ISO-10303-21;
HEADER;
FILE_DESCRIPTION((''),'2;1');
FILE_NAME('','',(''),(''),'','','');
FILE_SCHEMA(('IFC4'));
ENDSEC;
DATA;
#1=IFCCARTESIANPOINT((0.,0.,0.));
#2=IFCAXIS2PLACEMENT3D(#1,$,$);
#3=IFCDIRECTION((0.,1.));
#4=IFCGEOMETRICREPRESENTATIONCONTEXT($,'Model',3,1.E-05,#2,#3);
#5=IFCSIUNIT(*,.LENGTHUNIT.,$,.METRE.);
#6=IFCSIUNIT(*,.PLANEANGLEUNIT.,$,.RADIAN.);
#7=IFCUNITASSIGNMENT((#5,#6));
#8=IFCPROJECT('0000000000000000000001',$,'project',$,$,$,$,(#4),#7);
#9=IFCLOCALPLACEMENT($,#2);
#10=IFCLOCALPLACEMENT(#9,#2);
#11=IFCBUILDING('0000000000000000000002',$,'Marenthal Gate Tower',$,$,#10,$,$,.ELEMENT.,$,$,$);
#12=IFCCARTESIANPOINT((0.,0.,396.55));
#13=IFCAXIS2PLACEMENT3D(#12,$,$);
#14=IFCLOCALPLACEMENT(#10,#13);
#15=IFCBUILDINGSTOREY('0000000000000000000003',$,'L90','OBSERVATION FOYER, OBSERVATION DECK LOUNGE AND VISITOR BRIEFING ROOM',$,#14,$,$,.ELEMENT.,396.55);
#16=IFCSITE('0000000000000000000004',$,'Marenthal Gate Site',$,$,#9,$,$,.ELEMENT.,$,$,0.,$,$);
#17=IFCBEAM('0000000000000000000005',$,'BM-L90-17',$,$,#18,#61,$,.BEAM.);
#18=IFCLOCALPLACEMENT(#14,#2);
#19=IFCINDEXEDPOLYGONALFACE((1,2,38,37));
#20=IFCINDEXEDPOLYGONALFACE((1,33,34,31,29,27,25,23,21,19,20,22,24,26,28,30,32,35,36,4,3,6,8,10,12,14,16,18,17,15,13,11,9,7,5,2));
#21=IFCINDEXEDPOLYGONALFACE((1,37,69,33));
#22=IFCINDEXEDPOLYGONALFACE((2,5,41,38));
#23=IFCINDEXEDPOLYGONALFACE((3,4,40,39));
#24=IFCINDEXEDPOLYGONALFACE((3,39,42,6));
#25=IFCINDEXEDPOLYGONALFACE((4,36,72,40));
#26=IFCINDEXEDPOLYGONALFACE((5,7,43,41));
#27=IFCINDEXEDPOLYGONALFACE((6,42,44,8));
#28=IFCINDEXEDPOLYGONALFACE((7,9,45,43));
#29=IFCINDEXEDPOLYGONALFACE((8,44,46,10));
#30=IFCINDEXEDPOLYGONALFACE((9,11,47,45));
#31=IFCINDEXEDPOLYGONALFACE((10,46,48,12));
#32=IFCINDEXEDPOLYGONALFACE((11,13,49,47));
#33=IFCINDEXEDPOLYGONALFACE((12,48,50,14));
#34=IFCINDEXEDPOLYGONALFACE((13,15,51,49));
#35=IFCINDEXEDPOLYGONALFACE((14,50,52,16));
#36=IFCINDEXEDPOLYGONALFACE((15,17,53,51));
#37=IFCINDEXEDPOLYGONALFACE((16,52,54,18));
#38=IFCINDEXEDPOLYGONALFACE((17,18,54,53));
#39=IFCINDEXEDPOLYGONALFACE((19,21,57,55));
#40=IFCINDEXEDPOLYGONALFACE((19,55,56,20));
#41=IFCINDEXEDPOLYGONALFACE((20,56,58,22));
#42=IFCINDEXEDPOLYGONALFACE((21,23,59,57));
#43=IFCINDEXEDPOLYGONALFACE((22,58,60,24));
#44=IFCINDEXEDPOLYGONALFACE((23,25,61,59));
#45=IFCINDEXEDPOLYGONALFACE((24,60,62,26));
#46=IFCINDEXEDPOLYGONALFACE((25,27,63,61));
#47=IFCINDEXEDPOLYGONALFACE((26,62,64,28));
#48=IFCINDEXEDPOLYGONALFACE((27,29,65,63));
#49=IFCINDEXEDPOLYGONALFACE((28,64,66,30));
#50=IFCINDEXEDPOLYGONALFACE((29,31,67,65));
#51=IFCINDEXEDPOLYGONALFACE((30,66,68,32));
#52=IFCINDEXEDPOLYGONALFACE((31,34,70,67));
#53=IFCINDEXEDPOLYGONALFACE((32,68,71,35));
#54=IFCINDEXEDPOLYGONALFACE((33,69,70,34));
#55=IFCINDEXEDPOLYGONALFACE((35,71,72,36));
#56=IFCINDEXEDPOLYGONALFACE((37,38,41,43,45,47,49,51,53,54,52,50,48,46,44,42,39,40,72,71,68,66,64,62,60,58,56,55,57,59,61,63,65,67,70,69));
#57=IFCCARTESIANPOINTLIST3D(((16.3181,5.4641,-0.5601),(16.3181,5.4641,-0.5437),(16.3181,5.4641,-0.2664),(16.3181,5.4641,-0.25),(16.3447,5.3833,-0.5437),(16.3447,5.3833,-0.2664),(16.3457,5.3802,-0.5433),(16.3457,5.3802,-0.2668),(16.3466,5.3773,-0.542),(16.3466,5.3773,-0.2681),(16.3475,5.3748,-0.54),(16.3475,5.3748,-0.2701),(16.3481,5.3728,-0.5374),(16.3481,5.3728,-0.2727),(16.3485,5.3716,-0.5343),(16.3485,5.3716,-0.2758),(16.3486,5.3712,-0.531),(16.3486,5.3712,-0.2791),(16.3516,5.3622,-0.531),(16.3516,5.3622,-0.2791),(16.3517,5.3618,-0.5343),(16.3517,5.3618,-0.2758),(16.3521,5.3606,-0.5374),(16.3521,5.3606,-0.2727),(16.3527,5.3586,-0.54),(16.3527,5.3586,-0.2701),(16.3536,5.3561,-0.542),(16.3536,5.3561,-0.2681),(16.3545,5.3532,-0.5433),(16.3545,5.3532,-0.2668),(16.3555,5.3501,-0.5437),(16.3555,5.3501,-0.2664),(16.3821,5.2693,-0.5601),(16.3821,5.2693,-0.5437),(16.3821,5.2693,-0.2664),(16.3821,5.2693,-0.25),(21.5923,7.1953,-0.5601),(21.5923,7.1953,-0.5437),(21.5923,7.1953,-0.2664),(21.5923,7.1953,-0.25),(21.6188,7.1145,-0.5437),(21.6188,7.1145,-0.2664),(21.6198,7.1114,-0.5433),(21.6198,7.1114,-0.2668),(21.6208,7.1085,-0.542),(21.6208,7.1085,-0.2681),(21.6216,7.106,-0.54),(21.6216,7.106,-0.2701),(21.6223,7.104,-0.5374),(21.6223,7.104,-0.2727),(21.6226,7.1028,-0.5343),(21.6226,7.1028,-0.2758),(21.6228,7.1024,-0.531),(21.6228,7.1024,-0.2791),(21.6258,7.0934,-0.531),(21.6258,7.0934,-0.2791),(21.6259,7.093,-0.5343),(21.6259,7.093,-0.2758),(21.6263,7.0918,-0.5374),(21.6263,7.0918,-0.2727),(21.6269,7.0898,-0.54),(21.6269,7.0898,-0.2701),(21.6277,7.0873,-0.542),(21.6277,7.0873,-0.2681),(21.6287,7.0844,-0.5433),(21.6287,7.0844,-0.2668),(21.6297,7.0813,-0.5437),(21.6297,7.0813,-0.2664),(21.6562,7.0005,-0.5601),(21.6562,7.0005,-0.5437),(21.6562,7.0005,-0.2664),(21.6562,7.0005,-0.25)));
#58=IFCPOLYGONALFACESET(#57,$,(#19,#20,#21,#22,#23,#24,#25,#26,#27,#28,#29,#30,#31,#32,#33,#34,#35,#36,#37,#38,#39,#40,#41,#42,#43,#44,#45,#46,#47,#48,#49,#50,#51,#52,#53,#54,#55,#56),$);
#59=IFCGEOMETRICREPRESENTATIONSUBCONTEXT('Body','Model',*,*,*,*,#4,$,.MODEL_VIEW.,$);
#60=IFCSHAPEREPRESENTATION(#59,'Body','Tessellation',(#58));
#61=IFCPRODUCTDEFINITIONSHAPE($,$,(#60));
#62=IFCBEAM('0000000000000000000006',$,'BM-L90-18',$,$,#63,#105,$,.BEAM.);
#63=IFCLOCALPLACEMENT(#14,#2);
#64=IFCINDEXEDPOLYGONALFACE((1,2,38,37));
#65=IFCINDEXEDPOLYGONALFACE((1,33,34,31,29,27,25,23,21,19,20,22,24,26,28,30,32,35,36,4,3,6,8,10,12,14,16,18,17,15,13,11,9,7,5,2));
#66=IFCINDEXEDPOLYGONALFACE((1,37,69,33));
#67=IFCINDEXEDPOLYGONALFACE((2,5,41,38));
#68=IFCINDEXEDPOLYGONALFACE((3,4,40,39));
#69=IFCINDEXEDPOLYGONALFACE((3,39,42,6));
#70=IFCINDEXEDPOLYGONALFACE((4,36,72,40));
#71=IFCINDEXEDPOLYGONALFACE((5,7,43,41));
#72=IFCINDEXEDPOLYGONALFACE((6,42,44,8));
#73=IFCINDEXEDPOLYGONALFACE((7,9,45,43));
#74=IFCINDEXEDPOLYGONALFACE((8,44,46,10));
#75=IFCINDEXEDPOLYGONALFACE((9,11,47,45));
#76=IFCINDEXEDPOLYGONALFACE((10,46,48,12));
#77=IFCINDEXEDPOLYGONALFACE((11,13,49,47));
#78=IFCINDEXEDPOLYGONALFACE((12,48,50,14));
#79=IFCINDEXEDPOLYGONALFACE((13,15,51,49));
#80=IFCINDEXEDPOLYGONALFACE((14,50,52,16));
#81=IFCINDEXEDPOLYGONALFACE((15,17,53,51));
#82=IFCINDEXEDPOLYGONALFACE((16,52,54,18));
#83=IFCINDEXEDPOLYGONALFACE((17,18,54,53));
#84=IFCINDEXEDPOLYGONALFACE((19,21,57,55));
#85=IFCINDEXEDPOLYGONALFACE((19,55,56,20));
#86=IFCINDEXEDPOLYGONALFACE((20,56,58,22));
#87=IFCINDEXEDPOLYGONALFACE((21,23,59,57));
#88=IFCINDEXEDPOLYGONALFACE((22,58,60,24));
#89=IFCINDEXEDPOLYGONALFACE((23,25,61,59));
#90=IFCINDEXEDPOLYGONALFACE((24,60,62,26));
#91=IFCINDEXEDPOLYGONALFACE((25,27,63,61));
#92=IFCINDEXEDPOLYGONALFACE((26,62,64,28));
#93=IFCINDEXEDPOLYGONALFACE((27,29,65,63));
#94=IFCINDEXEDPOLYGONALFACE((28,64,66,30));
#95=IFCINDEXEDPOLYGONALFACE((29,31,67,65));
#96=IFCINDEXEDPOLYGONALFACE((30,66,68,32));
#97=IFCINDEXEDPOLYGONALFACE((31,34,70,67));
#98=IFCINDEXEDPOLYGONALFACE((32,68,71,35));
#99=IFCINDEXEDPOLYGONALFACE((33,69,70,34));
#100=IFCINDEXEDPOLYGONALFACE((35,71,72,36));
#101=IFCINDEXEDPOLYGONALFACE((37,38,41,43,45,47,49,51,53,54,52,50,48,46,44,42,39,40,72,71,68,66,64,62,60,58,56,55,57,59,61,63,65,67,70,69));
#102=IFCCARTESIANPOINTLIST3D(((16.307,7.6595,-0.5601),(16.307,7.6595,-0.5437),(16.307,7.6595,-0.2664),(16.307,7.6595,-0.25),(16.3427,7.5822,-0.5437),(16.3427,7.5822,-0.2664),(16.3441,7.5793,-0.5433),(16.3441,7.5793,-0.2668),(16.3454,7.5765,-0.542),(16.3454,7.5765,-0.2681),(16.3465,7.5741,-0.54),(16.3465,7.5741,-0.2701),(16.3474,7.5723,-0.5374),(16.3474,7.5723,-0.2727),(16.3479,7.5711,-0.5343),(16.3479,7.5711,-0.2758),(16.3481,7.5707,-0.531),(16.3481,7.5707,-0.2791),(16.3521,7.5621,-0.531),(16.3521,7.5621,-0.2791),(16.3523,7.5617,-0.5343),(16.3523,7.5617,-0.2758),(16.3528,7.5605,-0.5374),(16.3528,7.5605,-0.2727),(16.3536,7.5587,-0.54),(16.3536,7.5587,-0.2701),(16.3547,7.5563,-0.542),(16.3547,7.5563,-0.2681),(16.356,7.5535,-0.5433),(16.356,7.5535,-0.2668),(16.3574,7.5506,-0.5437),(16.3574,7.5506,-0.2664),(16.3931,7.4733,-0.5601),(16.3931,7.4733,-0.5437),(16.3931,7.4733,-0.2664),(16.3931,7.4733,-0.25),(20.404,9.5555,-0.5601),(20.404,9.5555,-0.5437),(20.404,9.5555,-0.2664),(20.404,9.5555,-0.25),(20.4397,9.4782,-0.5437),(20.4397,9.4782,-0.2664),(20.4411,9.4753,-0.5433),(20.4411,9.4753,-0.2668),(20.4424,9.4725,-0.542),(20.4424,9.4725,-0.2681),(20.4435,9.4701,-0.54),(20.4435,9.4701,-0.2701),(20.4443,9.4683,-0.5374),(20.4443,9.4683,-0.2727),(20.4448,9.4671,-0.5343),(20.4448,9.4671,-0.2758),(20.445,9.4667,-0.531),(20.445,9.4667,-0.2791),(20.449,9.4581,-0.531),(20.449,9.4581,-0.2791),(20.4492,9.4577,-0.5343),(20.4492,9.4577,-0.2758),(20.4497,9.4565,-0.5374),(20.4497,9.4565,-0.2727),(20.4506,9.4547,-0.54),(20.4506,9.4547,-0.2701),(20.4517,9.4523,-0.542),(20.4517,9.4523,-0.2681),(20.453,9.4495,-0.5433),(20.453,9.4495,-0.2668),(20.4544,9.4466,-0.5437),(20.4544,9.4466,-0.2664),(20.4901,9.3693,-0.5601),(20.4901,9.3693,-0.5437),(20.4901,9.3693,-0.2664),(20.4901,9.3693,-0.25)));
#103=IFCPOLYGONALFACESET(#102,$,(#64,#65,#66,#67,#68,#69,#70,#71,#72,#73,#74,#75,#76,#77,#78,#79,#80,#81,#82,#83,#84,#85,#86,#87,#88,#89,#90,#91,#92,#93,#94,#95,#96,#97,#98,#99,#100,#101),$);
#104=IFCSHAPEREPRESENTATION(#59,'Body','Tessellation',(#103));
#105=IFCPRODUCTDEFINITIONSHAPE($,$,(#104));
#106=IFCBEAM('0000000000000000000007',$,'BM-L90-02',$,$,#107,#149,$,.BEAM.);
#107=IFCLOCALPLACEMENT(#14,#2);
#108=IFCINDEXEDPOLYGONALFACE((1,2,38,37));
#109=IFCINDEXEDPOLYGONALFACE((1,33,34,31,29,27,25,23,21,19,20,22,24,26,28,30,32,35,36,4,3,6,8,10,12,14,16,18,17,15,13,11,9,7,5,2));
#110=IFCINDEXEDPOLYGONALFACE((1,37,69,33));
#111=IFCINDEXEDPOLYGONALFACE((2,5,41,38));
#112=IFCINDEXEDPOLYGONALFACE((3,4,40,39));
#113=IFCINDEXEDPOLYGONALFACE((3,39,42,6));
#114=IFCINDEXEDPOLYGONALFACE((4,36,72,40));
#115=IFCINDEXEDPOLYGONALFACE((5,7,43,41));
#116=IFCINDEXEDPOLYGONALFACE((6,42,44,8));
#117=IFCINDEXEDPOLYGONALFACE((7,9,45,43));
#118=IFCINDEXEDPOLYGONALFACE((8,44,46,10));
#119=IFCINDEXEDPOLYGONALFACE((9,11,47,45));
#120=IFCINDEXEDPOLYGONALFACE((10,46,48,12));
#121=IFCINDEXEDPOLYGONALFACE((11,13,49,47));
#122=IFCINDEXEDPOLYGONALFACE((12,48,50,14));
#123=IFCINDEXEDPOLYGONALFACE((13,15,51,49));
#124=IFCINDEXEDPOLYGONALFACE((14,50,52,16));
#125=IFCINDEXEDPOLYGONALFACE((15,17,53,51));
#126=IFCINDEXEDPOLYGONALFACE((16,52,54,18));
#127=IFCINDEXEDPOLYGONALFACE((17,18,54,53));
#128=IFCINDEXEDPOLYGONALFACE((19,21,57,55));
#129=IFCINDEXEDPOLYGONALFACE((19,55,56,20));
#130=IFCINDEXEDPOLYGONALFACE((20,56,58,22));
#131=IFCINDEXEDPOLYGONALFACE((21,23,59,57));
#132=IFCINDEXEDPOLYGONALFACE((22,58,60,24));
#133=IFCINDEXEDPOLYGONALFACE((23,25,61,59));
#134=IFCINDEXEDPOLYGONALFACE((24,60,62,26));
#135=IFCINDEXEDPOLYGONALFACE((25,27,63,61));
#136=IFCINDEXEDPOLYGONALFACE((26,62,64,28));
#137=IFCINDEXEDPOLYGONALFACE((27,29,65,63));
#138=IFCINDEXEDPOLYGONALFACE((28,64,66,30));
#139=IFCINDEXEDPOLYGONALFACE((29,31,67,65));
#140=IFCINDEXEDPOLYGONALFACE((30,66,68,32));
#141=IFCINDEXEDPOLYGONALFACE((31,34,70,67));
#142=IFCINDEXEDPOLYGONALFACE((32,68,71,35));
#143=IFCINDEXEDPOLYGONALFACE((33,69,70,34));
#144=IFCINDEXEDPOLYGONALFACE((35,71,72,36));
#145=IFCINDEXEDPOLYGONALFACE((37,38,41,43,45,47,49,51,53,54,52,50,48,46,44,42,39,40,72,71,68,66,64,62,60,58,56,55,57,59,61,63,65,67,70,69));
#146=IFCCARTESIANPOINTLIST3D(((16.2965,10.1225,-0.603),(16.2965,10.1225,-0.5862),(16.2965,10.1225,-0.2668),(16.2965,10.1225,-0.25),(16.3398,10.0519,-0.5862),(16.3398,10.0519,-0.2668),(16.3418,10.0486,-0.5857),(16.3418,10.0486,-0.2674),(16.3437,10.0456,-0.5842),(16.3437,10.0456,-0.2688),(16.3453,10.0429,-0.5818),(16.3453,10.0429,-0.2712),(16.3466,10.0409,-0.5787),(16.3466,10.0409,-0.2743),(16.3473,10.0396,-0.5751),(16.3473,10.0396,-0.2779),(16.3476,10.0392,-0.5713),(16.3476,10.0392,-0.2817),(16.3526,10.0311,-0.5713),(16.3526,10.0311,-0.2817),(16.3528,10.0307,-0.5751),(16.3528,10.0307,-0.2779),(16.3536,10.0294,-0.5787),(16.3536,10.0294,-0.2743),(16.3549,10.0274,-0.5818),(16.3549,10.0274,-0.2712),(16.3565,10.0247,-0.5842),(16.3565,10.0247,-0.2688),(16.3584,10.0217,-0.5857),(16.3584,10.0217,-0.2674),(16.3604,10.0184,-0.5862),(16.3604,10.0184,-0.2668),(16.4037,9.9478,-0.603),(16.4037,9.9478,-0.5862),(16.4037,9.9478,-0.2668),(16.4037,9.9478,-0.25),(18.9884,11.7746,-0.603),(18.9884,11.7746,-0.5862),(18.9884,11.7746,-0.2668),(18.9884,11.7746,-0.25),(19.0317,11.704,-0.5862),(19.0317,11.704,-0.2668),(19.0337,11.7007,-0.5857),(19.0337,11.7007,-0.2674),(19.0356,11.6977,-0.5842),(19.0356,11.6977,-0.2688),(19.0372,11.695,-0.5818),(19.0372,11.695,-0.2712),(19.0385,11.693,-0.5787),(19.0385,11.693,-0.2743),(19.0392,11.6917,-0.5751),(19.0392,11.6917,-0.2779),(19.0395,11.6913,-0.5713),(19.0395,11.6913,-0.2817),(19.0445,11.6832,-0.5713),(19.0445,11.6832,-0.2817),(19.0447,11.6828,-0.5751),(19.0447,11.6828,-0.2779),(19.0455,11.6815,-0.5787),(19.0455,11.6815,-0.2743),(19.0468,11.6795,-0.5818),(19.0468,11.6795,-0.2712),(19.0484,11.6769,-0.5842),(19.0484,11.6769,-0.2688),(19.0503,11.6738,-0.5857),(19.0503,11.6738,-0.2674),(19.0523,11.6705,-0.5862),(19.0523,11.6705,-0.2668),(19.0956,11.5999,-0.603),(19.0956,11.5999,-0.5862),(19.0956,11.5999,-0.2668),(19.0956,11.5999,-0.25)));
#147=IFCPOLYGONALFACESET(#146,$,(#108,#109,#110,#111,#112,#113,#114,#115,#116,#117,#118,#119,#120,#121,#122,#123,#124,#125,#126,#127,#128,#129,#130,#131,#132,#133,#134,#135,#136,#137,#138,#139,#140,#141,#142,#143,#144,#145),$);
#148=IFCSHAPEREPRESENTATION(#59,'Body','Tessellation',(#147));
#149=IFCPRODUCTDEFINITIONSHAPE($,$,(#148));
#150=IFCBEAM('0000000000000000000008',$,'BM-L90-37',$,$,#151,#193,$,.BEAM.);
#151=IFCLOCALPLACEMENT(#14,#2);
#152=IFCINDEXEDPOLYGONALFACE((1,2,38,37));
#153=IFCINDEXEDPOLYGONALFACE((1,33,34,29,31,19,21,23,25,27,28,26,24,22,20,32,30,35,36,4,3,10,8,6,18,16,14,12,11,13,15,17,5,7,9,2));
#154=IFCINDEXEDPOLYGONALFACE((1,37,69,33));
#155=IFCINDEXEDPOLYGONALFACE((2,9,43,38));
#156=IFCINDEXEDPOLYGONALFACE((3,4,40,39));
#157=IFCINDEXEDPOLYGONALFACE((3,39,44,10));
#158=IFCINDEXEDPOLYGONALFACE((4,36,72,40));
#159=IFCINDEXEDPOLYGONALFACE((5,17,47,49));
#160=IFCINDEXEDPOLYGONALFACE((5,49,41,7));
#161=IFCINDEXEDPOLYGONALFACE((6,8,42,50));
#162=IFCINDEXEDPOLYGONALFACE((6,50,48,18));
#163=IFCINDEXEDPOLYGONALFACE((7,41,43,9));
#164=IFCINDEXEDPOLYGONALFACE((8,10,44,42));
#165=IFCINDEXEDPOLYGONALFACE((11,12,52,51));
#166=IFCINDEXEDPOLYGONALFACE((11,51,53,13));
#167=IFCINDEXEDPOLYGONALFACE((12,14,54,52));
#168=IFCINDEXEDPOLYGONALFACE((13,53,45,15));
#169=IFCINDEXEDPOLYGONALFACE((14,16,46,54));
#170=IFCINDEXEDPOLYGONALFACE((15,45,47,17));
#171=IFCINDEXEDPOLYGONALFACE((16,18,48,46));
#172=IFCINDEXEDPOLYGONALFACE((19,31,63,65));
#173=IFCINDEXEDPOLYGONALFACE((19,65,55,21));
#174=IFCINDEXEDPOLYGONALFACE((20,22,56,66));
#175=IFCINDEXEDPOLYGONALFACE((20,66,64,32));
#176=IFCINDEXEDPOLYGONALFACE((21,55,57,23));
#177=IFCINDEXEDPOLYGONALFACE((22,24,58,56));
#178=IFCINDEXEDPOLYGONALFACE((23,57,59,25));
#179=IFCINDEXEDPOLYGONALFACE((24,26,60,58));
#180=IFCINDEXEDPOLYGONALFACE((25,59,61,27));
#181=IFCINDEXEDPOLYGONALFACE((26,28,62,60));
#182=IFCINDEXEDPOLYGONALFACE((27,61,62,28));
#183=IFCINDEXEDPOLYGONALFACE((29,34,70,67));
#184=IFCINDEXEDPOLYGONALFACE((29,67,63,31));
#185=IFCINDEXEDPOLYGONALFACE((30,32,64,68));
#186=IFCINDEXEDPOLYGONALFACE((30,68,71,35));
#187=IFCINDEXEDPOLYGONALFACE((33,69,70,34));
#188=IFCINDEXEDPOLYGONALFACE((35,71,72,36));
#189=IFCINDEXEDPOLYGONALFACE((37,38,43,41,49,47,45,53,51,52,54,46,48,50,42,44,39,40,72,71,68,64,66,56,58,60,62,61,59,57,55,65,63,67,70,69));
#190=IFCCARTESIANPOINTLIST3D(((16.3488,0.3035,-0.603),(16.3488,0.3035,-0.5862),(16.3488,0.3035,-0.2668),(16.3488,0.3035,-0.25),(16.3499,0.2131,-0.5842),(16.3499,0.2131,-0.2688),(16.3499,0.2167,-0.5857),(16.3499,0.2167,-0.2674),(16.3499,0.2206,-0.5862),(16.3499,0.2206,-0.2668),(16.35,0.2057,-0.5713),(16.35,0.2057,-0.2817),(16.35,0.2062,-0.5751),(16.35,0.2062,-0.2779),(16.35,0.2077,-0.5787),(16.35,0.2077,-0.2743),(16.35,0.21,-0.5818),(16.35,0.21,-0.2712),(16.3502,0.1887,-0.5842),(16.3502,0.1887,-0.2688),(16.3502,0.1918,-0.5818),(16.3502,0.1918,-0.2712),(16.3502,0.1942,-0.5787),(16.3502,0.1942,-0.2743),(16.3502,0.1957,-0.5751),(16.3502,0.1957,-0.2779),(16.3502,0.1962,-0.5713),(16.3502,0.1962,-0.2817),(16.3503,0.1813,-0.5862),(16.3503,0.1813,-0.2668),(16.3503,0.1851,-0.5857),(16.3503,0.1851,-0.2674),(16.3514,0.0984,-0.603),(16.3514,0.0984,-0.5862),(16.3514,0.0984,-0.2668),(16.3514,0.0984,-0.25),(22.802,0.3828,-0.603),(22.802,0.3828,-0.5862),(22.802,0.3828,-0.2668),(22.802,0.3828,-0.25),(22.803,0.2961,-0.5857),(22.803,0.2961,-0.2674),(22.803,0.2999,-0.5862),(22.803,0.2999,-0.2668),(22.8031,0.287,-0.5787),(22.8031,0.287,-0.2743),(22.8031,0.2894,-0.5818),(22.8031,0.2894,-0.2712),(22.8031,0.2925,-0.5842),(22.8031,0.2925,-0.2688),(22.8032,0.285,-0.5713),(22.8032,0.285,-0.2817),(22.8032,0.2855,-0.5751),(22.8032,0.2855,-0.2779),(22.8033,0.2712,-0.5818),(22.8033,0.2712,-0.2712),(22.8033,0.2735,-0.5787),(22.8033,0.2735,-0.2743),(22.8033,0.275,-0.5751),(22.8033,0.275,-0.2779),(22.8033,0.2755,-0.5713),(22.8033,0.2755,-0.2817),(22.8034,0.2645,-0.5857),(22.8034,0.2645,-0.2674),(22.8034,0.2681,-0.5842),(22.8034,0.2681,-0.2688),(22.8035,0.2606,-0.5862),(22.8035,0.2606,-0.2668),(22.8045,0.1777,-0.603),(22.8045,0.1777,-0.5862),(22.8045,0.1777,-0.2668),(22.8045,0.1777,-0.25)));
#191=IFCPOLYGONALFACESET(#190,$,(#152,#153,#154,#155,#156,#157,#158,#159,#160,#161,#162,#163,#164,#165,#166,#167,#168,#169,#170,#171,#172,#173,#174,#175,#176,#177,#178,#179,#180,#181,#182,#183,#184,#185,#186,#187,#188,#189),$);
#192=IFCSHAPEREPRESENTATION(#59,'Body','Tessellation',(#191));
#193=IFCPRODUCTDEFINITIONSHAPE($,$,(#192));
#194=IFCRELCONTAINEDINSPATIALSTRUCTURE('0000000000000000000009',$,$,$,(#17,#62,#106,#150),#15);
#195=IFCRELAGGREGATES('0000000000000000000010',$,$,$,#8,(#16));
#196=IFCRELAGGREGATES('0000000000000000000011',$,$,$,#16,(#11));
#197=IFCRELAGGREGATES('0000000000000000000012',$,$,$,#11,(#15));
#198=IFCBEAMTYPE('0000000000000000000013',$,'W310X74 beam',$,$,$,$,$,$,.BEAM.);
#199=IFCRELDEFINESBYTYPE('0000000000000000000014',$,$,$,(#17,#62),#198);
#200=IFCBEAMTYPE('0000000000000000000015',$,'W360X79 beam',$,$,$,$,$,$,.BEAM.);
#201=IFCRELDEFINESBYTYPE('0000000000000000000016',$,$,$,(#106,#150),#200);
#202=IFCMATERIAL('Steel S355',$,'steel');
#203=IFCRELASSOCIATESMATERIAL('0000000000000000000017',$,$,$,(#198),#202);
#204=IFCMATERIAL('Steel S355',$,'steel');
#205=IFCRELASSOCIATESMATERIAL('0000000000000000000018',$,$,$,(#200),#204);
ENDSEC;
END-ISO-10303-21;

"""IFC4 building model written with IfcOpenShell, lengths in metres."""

from ifc_helpers import new_model, si_unit, direction, frame, origin, origin_2d, place, context, subcontext, project, spatial, i_section, extrude, material, material_profile, profile_set, type_object, element, save


model = new_model("IFC4")

# Units and contexts
model_context = context("Model", 3, precision=1e-05, world=origin(), true_north=direction((0.0, 1.0)))
body_context = subcontext(model_context, "Body", "Model", "MODEL_VIEW")
ifc_project = project(units=[si_unit("LENGTHUNIT", "METRE"), si_unit("PLANEANGLEUNIT", "RADIAN")], contexts=[model_context])

# Site, building, storey
site_placement = place(None, origin())
site = spatial("IfcSite", under=ifc_project, at=site_placement, Name="Marenthal Gate Site", CompositionType="ELEMENT", RefElevation=0.0)
building_placement = place(site_placement, origin())
building = spatial("IfcBuilding", under=site, at=building_placement, Name="Marenthal Gate Tower", CompositionType="ELEMENT")
storey_placement = place(building_placement, frame((0.0, 0.0, 396.55)))
storey = spatial("IfcBuildingStorey", under=building, at=storey_placement, Name="L90", Description="OBSERVATION FOYER, OBSERVATION DECK LOUNGE AND VISITOR BRIEFING ROOM", CompositionType="ELEMENT", Elevation=396.55)

# Beams
ifc_material_1 = material(Name="Steel S355", Category="steel")
ifc_material_profile_1 = material_profile(ifc_material_1, i_section(OverallWidth=0.2051, OverallDepth=0.3101, WebThickness=0.0095, FlangeThickness=0.0164, FilletRadius=0.0127, at=origin_2d()), Name="W310X74")
ifc_profile_set_1 = profile_set([ifc_material_profile_1], Name="Steel S355")
beam_type_1 = type_object("IfcBeamType", Name="W310X74 beam", PredefinedType="BEAM", material=ifc_profile_set_1)
beam_1_placement = place(storey_placement, frame((21.6243, 7.0979, -0.405), z_axis=(-0.950125, -0.31187, 0.0), x_axis=(0.31187, -0.950125, 0.0)))
element("IfcBeam", 1, at=beam_1_placement, inside=storey, type_object=beam_type_1, Name="BM-L90-17", PredefinedType="BEAM", context=body_context, shape_type="SweptSolid", body=[
    extrude(i_section(OverallWidth=0.2051, OverallDepth=0.3101, WebThickness=0.0095, FlangeThickness=0.0164, FilletRadius=0.0127, at=origin_2d()), origin(), (0.0, 0.0, 1.0), 5.551),
])
beam_2_placement = place(storey_placement, frame((20.447, 9.4624, -0.405), z_axis=(-0.907528, -0.419991, 0.0), x_axis=(0.419991, -0.907528, 0.0)))
element("IfcBeam", 2, at=beam_2_placement, inside=storey, type_object=beam_type_1, Name="BM-L90-18", PredefinedType="BEAM", context=body_context, shape_type="SweptSolid", body=[
    extrude(i_section(OverallWidth=0.2051, OverallDepth=0.3101, WebThickness=0.0095, FlangeThickness=0.0164, FilletRadius=0.0127, at=origin_2d()), origin(), (0.0, 0.0, 1.0), 4.5144),
])
ifc_material_2 = material(Name="Steel S355", Category="steel")
ifc_material_profile_2 = material_profile(ifc_material_2, i_section(OverallWidth=0.2051, OverallDepth=0.353, WebThickness=0.0095, FlangeThickness=0.0168, FilletRadius=0.0149, at=origin_2d()), Name="W360X79")
ifc_profile_set_2 = profile_set([ifc_material_profile_2], Name="Steel S355")
beam_type_2 = type_object("IfcBeamType", Name="W360X79 beam", PredefinedType="BEAM", material=ifc_profile_set_2)
beam_3_placement = place(storey_placement, frame((19.042, 11.6873, -0.4265), z_axis=(-0.852287, -0.523075, 0.0), x_axis=(0.523075, -0.852287, 0.0)))
element("IfcBeam", 3, at=beam_3_placement, inside=storey, type_object=beam_type_2, Name="BM-L90-02", PredefinedType="BEAM", context=body_context, shape_type="SweptSolid", body=[
    extrude(i_section(OverallWidth=0.2051, OverallDepth=0.353, WebThickness=0.0095, FlangeThickness=0.0168, FilletRadius=0.0149, at=origin_2d()), origin(), (0.0, 0.0, 1.0), 3.1584),
])
beam_4_placement = place(storey_placement, frame((22.8032, 0.2803, -0.4265), z_axis=(-0.999924, -0.012295, 0.0), x_axis=(0.012295, -0.999924, 0.0)))
element("IfcBeam", 4, at=beam_4_placement, inside=storey, type_object=beam_type_2, Name="BM-L90-37", PredefinedType="BEAM", context=body_context, shape_type="SweptSolid", body=[
    extrude(i_section(OverallWidth=0.2051, OverallDepth=0.353, WebThickness=0.0095, FlangeThickness=0.0168, FilletRadius=0.0149, at=origin_2d()), origin(), (0.0, 0.0, 1.0), 6.4536),
])

save(model, "model.ifc")
